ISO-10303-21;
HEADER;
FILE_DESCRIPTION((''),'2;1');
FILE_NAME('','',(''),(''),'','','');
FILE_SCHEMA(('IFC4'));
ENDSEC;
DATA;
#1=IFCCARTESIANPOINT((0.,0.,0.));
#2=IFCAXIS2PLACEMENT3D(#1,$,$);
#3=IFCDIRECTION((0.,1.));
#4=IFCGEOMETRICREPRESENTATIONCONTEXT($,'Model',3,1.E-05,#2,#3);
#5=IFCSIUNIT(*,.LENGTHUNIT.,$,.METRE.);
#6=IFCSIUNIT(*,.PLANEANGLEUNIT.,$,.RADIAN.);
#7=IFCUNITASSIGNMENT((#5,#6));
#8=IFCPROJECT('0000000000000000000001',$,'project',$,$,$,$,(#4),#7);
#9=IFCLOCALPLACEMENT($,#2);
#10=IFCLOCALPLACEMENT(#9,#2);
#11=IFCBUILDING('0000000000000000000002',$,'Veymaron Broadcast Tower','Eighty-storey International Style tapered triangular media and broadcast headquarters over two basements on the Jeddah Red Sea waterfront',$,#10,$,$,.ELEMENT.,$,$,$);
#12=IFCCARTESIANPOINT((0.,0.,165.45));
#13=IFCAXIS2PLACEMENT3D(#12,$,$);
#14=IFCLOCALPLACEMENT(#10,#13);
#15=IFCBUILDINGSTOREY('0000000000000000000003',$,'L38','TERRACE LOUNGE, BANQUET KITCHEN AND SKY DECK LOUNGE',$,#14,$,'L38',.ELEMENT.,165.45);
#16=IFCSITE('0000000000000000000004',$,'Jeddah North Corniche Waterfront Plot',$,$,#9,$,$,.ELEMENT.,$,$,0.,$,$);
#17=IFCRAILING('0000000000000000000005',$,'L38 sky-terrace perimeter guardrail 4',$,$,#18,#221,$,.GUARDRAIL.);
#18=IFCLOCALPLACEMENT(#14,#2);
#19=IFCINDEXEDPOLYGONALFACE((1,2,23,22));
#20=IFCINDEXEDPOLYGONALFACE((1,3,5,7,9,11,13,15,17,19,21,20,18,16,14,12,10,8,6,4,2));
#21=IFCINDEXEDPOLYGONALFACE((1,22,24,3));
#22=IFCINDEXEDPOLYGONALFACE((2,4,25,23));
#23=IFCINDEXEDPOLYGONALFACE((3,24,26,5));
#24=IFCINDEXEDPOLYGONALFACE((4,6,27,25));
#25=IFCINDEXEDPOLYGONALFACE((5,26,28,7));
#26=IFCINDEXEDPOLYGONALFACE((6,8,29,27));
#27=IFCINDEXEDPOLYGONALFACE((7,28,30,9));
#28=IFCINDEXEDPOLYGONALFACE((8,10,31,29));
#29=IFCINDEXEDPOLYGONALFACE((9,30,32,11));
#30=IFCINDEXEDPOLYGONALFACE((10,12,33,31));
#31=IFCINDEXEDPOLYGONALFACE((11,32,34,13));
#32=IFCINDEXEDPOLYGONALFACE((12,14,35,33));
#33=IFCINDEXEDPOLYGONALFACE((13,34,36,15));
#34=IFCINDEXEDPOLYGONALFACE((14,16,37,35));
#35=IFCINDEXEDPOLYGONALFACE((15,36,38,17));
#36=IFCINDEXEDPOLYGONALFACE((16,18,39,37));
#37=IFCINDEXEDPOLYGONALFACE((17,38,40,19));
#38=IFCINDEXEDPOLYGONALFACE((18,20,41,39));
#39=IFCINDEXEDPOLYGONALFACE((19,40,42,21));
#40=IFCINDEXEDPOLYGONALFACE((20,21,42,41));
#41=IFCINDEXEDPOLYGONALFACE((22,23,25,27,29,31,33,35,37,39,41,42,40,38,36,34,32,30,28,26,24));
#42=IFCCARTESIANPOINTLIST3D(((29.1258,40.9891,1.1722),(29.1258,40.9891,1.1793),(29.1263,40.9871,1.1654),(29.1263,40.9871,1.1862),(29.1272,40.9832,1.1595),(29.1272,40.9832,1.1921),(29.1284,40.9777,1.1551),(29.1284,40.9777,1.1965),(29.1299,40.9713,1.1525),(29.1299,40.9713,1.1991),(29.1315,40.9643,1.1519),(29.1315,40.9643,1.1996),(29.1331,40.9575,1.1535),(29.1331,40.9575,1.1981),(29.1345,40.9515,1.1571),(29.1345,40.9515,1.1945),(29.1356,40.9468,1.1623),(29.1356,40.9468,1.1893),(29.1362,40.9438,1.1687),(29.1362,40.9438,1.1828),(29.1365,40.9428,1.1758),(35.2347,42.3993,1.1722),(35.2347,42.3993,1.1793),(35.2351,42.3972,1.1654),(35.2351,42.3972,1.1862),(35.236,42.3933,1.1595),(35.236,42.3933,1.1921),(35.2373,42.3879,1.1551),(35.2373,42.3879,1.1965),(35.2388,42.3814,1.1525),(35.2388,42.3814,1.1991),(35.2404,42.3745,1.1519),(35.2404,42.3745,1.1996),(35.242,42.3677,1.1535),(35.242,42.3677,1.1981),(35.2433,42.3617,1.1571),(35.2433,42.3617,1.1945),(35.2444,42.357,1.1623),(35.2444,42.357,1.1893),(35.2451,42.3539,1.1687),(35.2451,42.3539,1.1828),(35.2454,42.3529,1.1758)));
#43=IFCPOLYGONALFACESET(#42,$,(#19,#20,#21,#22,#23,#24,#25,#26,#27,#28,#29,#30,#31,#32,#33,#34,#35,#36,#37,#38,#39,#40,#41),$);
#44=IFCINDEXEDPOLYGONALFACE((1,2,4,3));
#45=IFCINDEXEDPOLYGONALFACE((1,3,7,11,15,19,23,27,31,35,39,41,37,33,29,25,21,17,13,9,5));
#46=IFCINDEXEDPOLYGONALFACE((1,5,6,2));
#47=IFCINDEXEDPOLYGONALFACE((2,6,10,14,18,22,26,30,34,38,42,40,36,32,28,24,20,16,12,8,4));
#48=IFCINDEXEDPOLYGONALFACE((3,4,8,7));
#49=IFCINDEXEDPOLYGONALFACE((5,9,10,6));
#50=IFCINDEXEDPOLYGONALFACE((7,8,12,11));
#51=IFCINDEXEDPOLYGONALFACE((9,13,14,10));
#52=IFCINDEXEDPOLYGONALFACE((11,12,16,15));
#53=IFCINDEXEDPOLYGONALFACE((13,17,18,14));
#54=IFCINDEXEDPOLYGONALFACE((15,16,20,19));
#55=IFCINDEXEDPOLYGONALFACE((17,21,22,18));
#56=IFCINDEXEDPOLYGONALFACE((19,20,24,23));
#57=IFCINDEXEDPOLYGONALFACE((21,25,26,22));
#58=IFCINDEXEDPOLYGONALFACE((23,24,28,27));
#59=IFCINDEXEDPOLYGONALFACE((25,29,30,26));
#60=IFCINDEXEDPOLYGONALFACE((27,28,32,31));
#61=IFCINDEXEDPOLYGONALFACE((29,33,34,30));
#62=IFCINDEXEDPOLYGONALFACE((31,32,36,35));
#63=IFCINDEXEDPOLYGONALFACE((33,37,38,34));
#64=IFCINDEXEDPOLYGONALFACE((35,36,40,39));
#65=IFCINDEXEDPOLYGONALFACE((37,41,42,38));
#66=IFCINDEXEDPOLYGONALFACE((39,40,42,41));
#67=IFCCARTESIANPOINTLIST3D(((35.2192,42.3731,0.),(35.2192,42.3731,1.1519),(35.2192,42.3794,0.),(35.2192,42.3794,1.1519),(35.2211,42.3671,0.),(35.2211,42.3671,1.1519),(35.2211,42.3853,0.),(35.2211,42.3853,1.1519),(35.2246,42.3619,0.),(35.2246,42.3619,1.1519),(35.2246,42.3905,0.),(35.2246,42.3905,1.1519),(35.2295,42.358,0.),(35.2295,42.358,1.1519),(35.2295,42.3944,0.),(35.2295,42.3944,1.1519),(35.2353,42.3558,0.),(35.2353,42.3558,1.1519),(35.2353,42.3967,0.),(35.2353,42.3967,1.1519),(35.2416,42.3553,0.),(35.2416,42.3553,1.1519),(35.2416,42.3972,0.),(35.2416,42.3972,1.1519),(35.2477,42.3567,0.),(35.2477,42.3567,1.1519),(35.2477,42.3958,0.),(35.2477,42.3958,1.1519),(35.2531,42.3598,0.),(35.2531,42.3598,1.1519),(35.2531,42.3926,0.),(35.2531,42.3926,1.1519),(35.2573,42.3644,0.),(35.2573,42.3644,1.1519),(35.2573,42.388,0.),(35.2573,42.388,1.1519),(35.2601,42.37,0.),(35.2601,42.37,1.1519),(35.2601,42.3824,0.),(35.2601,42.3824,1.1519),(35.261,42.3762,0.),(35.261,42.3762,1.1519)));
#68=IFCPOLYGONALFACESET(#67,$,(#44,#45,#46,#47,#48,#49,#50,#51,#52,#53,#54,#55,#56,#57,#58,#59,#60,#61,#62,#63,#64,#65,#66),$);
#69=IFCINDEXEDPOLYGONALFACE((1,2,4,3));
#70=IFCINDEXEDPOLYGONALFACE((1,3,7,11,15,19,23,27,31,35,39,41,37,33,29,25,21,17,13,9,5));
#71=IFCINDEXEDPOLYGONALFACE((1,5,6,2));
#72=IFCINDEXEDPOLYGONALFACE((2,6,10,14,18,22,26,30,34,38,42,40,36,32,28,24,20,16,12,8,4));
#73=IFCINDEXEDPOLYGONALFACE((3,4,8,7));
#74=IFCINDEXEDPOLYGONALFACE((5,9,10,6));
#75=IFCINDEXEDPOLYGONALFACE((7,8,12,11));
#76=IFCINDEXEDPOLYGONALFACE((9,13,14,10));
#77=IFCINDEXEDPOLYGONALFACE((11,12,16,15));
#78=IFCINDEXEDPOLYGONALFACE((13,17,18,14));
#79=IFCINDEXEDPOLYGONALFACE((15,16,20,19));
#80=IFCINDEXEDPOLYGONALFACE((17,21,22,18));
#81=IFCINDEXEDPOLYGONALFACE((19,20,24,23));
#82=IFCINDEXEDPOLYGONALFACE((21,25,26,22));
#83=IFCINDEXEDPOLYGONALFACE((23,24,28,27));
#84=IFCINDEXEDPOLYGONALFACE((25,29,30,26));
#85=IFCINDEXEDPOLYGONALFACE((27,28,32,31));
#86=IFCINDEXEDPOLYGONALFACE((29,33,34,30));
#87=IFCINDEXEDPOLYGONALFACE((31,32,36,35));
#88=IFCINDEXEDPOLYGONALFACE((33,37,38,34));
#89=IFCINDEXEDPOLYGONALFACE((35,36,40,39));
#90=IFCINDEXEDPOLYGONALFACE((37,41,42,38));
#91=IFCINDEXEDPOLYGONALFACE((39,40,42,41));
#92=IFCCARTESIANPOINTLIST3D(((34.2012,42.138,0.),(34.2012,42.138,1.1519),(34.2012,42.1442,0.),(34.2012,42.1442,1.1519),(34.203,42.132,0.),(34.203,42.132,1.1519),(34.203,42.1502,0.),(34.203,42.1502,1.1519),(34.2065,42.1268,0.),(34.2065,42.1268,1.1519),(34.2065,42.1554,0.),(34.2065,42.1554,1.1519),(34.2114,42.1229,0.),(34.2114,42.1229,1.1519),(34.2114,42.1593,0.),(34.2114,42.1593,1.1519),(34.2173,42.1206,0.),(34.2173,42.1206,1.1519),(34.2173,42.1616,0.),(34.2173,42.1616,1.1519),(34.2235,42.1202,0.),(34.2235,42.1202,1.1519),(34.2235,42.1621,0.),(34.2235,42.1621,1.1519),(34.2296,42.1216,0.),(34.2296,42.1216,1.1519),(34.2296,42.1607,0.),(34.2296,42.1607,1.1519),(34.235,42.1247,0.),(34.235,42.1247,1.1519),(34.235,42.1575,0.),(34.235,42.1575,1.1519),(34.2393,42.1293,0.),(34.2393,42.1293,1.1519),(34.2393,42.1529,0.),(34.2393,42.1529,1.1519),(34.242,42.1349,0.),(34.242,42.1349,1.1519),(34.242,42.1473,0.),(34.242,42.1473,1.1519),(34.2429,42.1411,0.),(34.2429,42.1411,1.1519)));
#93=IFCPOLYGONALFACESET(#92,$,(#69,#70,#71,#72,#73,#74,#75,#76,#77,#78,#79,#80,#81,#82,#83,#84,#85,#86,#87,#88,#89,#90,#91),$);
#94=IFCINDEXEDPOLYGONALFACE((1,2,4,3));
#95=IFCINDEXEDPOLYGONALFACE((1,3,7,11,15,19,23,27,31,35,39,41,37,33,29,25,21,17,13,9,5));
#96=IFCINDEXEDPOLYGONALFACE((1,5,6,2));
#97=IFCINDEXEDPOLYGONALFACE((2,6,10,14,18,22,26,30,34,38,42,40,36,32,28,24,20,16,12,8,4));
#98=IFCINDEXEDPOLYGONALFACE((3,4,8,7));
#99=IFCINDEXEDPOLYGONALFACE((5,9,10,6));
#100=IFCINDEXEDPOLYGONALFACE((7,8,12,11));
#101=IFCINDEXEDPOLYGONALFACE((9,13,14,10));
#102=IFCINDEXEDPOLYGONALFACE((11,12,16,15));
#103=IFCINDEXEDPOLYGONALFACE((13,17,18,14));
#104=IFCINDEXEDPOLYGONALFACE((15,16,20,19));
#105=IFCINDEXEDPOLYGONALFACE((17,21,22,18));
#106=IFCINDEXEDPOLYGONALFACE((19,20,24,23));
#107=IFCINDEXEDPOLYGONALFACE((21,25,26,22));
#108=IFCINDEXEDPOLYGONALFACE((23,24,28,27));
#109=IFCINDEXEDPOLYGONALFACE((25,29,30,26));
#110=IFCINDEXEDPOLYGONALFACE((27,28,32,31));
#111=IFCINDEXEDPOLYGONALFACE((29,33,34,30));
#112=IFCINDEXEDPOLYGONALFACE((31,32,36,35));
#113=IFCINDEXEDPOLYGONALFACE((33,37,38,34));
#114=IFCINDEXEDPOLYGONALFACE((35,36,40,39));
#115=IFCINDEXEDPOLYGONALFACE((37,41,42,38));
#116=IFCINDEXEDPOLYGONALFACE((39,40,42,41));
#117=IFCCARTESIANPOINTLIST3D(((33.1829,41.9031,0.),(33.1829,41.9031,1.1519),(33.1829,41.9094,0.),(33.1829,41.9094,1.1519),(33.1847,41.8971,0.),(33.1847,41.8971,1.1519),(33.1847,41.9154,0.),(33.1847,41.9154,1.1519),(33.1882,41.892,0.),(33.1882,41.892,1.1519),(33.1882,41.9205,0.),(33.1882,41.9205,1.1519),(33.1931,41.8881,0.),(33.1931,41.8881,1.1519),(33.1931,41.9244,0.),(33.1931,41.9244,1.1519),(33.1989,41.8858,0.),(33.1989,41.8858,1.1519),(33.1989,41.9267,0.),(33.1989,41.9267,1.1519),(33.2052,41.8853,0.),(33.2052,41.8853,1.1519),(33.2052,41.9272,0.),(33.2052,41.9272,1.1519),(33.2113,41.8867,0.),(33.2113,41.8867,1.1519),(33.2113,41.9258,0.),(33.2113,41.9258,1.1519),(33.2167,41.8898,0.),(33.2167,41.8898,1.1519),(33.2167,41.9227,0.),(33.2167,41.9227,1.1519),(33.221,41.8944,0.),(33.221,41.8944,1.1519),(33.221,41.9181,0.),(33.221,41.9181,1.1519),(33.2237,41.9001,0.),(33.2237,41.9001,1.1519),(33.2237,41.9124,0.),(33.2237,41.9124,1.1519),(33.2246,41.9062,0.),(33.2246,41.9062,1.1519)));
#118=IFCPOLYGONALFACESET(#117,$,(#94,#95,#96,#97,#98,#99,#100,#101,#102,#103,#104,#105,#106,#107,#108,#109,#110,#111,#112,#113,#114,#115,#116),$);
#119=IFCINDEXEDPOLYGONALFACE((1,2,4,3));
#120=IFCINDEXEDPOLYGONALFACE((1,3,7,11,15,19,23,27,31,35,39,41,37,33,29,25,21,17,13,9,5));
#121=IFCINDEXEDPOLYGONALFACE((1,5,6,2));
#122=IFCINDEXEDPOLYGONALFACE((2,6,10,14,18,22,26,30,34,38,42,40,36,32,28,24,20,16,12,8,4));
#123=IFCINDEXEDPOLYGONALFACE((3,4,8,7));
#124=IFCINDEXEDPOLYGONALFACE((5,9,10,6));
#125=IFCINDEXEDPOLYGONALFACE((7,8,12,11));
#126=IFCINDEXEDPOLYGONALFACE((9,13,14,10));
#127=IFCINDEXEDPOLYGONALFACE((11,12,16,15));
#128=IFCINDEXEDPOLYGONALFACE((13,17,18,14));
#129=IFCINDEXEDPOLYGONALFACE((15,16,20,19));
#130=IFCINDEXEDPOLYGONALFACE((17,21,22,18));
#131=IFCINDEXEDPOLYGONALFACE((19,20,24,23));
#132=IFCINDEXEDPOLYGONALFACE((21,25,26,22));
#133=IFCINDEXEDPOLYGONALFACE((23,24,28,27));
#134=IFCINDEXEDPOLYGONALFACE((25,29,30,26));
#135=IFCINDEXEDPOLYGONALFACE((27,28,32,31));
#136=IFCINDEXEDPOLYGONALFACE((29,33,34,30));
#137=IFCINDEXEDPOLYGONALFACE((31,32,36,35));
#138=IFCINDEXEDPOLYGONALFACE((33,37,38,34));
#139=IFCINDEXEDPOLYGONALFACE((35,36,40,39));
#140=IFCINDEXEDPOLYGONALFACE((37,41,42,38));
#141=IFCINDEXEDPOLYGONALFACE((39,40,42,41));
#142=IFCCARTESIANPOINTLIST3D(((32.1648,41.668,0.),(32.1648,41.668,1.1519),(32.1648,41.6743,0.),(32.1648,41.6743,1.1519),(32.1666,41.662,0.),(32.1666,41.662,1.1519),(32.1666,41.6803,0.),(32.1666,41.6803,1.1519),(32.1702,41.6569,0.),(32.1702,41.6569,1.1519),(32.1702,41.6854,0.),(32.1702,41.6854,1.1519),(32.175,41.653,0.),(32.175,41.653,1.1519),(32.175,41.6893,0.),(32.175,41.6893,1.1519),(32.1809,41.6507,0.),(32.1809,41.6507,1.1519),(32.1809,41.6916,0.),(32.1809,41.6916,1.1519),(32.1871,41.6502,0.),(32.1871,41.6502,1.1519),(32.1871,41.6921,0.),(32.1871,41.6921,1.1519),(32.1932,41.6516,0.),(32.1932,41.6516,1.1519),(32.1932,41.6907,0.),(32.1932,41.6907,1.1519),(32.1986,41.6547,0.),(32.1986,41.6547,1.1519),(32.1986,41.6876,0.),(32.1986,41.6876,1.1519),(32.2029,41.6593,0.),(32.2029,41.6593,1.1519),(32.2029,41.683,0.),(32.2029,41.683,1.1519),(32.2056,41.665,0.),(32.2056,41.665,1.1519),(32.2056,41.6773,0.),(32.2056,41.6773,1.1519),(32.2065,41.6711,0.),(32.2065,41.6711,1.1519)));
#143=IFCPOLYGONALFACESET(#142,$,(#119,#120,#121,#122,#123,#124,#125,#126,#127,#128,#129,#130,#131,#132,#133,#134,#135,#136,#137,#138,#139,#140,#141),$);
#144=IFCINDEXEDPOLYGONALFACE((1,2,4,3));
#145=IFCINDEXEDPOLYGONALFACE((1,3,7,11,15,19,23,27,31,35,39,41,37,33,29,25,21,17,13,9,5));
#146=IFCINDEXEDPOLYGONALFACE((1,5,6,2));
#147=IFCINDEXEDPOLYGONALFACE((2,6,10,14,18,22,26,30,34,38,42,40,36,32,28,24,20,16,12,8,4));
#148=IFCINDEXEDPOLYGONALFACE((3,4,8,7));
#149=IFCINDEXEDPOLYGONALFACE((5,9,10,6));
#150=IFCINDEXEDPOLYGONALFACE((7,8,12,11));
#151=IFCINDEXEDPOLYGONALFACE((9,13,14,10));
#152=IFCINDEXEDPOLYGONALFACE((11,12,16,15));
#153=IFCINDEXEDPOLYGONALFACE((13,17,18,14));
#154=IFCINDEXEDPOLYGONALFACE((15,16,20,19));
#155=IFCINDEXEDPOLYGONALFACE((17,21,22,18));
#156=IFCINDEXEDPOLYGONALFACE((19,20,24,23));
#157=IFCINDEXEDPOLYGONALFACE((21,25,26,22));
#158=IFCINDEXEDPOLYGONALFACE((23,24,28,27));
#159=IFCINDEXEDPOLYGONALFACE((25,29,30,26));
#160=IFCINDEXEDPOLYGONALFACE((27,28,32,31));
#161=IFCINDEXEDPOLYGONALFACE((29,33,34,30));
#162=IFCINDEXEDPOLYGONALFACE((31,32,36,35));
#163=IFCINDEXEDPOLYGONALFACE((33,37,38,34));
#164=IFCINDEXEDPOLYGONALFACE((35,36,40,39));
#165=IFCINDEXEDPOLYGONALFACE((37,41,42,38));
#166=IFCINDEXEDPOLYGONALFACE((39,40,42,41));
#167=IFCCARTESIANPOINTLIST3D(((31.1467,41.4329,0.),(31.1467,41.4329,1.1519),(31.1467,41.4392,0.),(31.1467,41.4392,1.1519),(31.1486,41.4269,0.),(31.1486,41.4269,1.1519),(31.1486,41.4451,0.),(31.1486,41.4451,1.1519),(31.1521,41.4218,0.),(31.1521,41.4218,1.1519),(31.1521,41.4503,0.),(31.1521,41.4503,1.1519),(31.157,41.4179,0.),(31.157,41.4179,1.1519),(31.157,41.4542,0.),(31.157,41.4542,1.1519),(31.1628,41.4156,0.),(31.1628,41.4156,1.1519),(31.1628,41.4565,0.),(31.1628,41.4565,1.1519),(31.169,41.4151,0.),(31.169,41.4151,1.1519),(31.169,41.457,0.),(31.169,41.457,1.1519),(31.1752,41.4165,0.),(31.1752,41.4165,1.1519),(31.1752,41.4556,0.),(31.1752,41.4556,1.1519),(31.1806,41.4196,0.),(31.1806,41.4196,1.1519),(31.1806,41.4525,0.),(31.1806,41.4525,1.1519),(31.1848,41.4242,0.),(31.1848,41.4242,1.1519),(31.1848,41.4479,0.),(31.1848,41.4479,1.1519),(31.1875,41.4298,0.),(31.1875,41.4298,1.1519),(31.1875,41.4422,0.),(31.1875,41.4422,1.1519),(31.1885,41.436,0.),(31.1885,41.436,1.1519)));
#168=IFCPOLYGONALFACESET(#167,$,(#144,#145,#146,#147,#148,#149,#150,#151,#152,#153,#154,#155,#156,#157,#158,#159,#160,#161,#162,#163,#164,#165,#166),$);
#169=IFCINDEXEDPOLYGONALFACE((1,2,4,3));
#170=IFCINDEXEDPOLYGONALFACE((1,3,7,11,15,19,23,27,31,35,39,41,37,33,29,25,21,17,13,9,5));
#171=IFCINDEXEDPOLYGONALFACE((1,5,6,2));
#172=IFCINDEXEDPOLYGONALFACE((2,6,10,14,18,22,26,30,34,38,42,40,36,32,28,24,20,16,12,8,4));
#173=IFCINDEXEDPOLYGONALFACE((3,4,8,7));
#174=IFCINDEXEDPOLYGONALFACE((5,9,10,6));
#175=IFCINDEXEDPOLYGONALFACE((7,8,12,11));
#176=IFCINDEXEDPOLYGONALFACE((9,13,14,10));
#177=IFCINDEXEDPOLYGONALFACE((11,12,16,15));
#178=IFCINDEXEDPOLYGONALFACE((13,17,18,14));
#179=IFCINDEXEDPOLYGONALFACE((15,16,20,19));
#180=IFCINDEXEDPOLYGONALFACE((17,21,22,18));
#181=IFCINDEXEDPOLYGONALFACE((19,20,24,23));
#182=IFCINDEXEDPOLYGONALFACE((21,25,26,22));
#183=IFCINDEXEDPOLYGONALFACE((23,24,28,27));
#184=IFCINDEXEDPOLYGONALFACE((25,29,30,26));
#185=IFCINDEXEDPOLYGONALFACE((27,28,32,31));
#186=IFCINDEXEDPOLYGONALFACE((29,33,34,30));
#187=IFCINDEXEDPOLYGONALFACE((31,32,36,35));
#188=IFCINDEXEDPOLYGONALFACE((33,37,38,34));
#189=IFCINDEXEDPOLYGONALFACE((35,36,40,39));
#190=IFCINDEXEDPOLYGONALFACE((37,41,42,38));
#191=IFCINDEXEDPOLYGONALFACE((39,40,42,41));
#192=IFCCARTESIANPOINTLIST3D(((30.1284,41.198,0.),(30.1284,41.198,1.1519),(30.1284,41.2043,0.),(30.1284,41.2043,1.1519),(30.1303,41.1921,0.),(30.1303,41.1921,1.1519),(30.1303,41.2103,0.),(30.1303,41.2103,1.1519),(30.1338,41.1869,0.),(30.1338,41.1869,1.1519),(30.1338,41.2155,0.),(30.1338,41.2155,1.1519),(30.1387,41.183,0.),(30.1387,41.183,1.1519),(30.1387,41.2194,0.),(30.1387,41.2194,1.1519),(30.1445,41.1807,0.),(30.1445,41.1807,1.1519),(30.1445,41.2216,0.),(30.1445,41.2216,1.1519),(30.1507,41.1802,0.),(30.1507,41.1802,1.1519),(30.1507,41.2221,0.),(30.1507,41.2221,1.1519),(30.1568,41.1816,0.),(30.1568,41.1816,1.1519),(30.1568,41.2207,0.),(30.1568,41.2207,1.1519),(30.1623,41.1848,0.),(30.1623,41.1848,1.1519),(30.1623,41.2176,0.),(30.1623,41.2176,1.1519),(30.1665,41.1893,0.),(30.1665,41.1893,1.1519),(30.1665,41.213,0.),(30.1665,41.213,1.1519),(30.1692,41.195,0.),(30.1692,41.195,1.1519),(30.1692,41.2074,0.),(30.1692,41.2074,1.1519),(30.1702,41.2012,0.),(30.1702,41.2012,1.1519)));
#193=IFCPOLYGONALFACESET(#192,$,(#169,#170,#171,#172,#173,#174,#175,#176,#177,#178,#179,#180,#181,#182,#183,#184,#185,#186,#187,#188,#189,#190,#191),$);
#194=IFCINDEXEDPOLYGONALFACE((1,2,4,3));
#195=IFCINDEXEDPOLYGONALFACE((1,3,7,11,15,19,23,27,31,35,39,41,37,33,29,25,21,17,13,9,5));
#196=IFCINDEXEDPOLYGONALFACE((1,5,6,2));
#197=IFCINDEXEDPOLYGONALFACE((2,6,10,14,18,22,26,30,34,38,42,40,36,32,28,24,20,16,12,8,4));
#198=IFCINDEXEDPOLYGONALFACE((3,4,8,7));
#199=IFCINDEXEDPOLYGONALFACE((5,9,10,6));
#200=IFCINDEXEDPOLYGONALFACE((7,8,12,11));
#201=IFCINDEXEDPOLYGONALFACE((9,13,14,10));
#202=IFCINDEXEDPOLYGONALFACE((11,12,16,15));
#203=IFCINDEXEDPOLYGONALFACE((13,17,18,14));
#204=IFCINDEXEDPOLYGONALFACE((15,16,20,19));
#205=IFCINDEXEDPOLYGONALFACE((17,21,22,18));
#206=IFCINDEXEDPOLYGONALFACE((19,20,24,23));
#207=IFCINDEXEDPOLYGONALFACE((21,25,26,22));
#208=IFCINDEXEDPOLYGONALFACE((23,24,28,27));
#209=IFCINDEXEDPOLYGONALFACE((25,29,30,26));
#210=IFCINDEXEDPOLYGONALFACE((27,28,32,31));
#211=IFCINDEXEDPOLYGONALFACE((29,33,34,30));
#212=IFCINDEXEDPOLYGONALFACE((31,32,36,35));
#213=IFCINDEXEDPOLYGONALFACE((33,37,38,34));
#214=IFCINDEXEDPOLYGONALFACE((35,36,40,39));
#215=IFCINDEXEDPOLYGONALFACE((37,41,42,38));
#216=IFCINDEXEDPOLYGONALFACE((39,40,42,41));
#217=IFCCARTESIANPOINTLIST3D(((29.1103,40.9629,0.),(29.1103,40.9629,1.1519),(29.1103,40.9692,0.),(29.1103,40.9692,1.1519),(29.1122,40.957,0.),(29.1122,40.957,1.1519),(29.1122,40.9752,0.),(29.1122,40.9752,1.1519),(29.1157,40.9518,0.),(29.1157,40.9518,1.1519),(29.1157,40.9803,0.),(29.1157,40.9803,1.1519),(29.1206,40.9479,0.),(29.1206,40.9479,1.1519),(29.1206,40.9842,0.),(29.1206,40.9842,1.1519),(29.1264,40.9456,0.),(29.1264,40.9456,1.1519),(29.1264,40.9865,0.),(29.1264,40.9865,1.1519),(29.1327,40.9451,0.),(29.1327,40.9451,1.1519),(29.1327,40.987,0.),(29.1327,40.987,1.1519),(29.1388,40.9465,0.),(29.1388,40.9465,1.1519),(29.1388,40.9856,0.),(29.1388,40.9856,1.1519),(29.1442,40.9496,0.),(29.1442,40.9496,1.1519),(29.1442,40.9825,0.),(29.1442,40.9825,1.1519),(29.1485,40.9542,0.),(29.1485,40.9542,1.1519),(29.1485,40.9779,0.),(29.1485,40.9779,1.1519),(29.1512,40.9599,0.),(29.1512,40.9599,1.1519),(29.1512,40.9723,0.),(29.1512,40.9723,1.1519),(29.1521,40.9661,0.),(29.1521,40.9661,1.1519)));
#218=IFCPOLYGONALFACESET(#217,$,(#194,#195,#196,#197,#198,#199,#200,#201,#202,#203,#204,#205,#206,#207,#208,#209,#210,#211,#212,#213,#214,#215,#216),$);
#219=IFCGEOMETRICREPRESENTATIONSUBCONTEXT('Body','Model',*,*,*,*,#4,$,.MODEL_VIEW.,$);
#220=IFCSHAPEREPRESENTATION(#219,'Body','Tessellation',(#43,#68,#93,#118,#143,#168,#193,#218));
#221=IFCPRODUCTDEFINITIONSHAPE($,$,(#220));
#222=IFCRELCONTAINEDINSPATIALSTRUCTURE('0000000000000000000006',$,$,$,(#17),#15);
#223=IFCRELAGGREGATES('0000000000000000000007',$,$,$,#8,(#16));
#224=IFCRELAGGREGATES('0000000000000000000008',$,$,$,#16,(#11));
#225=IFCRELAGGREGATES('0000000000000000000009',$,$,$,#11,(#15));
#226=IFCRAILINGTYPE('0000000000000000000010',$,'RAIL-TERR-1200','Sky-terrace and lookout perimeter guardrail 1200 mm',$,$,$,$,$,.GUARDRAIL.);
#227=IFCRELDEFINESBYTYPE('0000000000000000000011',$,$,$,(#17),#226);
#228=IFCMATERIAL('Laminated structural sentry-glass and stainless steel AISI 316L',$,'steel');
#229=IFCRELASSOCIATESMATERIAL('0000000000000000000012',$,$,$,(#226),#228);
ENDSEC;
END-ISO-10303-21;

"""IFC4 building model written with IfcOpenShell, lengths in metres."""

from ifc_helpers import new_model, si_unit, direction, frame, origin, origin_2d, place, context, subcontext, project, spatial, circle, extrude, material, type_object, element, save


model = new_model("IFC4")

# Units and contexts
model_context = context("Model", 3, precision=1e-05, world=origin(), true_north=direction((0.0, 1.0)))
body_context = subcontext(model_context, "Body", "Model", "MODEL_VIEW")
ifc_project = project(units=[si_unit("LENGTHUNIT", "METRE"), si_unit("PLANEANGLEUNIT", "RADIAN")], contexts=[model_context])

# Site, building, storey
site_placement = place(None, origin())
site = spatial("IfcSite", under=ifc_project, at=site_placement, Name="Jeddah North Corniche Waterfront Plot", CompositionType="ELEMENT", RefElevation=0.0)
building_placement = place(site_placement, origin())
building = spatial("IfcBuilding", under=site, at=building_placement, Name="Veymaron Broadcast Tower", Description="Eighty-storey International Style tapered triangular media and broadcast headquarters over two basements on the Jeddah Red Sea waterfront", CompositionType="ELEMENT")
storey_placement = place(building_placement, frame((0.0, 0.0, 165.45)))
storey = spatial("IfcBuildingStorey", under=building, at=storey_placement, Name="L38", Description="TERRACE LOUNGE, BANQUET KITCHEN AND SKY DECK LOUNGE", LongName="L38", CompositionType="ELEMENT", Elevation=165.45)

# Railing
ifc_material_1 = material(Name="Laminated structural sentry-glass and stainless steel AISI 316L", Category="steel")
railing_type = type_object("IfcRailingType", Name="RAIL-TERR-1200", Description="Sky-terrace and lookout perimeter guardrail 1200 mm", PredefinedType="GUARDRAIL", material=ifc_material_1)
railing_1_placement = place(storey_placement, frame((35.24, 42.3762, 0.0)))
element("IfcRailing", 1, at=railing_1_placement, inside=storey, type_object=railing_type, Name="L38 sky-terrace perimeter guardrail 4", PredefinedType="GUARDRAIL", context=body_context, shape_type="SweptSolid", body=[
    extrude(circle(Radius=0.0239, at=origin_2d()), frame((0.0, 0.0, 1.1758), z_axis=(-0.974377, -0.224922, 0.0), x_axis=(0.224922, -0.974377, 0.0)), (0.0, 0.0, 1.0), 6.2695),
    extrude(circle(Radius=0.021, at=origin_2d()), origin(), (0.0, 0.0, 1.0), 1.1519),
    extrude(circle(Radius=0.021, at=origin_2d()), frame((-1.0181, -0.2351, 0.0)), (0.0, 0.0, 1.0), 1.1519),
    extrude(circle(Radius=0.021, at=origin_2d()), frame((-2.0364, -0.47, 0.0)), (0.0, 0.0, 1.0), 1.1519),
    extrude(circle(Radius=0.021, at=origin_2d()), frame((-3.0544, -0.7051, 0.0)), (0.0, 0.0, 1.0), 1.1519),
    extrude(circle(Radius=0.021, at=origin_2d()), frame((-4.0725, -0.9402, 0.0)), (0.0, 0.0, 1.0), 1.1519),
    extrude(circle(Radius=0.021, at=origin_2d()), frame((-5.0908, -1.175, 0.0)), (0.0, 0.0, 1.0), 1.1519),
    extrude(circle(Radius=0.021, at=origin_2d()), frame((-6.1089, -1.4102, 0.0)), (0.0, 0.0, 1.0), 1.1519),
])

save(model, "model.ifc")
